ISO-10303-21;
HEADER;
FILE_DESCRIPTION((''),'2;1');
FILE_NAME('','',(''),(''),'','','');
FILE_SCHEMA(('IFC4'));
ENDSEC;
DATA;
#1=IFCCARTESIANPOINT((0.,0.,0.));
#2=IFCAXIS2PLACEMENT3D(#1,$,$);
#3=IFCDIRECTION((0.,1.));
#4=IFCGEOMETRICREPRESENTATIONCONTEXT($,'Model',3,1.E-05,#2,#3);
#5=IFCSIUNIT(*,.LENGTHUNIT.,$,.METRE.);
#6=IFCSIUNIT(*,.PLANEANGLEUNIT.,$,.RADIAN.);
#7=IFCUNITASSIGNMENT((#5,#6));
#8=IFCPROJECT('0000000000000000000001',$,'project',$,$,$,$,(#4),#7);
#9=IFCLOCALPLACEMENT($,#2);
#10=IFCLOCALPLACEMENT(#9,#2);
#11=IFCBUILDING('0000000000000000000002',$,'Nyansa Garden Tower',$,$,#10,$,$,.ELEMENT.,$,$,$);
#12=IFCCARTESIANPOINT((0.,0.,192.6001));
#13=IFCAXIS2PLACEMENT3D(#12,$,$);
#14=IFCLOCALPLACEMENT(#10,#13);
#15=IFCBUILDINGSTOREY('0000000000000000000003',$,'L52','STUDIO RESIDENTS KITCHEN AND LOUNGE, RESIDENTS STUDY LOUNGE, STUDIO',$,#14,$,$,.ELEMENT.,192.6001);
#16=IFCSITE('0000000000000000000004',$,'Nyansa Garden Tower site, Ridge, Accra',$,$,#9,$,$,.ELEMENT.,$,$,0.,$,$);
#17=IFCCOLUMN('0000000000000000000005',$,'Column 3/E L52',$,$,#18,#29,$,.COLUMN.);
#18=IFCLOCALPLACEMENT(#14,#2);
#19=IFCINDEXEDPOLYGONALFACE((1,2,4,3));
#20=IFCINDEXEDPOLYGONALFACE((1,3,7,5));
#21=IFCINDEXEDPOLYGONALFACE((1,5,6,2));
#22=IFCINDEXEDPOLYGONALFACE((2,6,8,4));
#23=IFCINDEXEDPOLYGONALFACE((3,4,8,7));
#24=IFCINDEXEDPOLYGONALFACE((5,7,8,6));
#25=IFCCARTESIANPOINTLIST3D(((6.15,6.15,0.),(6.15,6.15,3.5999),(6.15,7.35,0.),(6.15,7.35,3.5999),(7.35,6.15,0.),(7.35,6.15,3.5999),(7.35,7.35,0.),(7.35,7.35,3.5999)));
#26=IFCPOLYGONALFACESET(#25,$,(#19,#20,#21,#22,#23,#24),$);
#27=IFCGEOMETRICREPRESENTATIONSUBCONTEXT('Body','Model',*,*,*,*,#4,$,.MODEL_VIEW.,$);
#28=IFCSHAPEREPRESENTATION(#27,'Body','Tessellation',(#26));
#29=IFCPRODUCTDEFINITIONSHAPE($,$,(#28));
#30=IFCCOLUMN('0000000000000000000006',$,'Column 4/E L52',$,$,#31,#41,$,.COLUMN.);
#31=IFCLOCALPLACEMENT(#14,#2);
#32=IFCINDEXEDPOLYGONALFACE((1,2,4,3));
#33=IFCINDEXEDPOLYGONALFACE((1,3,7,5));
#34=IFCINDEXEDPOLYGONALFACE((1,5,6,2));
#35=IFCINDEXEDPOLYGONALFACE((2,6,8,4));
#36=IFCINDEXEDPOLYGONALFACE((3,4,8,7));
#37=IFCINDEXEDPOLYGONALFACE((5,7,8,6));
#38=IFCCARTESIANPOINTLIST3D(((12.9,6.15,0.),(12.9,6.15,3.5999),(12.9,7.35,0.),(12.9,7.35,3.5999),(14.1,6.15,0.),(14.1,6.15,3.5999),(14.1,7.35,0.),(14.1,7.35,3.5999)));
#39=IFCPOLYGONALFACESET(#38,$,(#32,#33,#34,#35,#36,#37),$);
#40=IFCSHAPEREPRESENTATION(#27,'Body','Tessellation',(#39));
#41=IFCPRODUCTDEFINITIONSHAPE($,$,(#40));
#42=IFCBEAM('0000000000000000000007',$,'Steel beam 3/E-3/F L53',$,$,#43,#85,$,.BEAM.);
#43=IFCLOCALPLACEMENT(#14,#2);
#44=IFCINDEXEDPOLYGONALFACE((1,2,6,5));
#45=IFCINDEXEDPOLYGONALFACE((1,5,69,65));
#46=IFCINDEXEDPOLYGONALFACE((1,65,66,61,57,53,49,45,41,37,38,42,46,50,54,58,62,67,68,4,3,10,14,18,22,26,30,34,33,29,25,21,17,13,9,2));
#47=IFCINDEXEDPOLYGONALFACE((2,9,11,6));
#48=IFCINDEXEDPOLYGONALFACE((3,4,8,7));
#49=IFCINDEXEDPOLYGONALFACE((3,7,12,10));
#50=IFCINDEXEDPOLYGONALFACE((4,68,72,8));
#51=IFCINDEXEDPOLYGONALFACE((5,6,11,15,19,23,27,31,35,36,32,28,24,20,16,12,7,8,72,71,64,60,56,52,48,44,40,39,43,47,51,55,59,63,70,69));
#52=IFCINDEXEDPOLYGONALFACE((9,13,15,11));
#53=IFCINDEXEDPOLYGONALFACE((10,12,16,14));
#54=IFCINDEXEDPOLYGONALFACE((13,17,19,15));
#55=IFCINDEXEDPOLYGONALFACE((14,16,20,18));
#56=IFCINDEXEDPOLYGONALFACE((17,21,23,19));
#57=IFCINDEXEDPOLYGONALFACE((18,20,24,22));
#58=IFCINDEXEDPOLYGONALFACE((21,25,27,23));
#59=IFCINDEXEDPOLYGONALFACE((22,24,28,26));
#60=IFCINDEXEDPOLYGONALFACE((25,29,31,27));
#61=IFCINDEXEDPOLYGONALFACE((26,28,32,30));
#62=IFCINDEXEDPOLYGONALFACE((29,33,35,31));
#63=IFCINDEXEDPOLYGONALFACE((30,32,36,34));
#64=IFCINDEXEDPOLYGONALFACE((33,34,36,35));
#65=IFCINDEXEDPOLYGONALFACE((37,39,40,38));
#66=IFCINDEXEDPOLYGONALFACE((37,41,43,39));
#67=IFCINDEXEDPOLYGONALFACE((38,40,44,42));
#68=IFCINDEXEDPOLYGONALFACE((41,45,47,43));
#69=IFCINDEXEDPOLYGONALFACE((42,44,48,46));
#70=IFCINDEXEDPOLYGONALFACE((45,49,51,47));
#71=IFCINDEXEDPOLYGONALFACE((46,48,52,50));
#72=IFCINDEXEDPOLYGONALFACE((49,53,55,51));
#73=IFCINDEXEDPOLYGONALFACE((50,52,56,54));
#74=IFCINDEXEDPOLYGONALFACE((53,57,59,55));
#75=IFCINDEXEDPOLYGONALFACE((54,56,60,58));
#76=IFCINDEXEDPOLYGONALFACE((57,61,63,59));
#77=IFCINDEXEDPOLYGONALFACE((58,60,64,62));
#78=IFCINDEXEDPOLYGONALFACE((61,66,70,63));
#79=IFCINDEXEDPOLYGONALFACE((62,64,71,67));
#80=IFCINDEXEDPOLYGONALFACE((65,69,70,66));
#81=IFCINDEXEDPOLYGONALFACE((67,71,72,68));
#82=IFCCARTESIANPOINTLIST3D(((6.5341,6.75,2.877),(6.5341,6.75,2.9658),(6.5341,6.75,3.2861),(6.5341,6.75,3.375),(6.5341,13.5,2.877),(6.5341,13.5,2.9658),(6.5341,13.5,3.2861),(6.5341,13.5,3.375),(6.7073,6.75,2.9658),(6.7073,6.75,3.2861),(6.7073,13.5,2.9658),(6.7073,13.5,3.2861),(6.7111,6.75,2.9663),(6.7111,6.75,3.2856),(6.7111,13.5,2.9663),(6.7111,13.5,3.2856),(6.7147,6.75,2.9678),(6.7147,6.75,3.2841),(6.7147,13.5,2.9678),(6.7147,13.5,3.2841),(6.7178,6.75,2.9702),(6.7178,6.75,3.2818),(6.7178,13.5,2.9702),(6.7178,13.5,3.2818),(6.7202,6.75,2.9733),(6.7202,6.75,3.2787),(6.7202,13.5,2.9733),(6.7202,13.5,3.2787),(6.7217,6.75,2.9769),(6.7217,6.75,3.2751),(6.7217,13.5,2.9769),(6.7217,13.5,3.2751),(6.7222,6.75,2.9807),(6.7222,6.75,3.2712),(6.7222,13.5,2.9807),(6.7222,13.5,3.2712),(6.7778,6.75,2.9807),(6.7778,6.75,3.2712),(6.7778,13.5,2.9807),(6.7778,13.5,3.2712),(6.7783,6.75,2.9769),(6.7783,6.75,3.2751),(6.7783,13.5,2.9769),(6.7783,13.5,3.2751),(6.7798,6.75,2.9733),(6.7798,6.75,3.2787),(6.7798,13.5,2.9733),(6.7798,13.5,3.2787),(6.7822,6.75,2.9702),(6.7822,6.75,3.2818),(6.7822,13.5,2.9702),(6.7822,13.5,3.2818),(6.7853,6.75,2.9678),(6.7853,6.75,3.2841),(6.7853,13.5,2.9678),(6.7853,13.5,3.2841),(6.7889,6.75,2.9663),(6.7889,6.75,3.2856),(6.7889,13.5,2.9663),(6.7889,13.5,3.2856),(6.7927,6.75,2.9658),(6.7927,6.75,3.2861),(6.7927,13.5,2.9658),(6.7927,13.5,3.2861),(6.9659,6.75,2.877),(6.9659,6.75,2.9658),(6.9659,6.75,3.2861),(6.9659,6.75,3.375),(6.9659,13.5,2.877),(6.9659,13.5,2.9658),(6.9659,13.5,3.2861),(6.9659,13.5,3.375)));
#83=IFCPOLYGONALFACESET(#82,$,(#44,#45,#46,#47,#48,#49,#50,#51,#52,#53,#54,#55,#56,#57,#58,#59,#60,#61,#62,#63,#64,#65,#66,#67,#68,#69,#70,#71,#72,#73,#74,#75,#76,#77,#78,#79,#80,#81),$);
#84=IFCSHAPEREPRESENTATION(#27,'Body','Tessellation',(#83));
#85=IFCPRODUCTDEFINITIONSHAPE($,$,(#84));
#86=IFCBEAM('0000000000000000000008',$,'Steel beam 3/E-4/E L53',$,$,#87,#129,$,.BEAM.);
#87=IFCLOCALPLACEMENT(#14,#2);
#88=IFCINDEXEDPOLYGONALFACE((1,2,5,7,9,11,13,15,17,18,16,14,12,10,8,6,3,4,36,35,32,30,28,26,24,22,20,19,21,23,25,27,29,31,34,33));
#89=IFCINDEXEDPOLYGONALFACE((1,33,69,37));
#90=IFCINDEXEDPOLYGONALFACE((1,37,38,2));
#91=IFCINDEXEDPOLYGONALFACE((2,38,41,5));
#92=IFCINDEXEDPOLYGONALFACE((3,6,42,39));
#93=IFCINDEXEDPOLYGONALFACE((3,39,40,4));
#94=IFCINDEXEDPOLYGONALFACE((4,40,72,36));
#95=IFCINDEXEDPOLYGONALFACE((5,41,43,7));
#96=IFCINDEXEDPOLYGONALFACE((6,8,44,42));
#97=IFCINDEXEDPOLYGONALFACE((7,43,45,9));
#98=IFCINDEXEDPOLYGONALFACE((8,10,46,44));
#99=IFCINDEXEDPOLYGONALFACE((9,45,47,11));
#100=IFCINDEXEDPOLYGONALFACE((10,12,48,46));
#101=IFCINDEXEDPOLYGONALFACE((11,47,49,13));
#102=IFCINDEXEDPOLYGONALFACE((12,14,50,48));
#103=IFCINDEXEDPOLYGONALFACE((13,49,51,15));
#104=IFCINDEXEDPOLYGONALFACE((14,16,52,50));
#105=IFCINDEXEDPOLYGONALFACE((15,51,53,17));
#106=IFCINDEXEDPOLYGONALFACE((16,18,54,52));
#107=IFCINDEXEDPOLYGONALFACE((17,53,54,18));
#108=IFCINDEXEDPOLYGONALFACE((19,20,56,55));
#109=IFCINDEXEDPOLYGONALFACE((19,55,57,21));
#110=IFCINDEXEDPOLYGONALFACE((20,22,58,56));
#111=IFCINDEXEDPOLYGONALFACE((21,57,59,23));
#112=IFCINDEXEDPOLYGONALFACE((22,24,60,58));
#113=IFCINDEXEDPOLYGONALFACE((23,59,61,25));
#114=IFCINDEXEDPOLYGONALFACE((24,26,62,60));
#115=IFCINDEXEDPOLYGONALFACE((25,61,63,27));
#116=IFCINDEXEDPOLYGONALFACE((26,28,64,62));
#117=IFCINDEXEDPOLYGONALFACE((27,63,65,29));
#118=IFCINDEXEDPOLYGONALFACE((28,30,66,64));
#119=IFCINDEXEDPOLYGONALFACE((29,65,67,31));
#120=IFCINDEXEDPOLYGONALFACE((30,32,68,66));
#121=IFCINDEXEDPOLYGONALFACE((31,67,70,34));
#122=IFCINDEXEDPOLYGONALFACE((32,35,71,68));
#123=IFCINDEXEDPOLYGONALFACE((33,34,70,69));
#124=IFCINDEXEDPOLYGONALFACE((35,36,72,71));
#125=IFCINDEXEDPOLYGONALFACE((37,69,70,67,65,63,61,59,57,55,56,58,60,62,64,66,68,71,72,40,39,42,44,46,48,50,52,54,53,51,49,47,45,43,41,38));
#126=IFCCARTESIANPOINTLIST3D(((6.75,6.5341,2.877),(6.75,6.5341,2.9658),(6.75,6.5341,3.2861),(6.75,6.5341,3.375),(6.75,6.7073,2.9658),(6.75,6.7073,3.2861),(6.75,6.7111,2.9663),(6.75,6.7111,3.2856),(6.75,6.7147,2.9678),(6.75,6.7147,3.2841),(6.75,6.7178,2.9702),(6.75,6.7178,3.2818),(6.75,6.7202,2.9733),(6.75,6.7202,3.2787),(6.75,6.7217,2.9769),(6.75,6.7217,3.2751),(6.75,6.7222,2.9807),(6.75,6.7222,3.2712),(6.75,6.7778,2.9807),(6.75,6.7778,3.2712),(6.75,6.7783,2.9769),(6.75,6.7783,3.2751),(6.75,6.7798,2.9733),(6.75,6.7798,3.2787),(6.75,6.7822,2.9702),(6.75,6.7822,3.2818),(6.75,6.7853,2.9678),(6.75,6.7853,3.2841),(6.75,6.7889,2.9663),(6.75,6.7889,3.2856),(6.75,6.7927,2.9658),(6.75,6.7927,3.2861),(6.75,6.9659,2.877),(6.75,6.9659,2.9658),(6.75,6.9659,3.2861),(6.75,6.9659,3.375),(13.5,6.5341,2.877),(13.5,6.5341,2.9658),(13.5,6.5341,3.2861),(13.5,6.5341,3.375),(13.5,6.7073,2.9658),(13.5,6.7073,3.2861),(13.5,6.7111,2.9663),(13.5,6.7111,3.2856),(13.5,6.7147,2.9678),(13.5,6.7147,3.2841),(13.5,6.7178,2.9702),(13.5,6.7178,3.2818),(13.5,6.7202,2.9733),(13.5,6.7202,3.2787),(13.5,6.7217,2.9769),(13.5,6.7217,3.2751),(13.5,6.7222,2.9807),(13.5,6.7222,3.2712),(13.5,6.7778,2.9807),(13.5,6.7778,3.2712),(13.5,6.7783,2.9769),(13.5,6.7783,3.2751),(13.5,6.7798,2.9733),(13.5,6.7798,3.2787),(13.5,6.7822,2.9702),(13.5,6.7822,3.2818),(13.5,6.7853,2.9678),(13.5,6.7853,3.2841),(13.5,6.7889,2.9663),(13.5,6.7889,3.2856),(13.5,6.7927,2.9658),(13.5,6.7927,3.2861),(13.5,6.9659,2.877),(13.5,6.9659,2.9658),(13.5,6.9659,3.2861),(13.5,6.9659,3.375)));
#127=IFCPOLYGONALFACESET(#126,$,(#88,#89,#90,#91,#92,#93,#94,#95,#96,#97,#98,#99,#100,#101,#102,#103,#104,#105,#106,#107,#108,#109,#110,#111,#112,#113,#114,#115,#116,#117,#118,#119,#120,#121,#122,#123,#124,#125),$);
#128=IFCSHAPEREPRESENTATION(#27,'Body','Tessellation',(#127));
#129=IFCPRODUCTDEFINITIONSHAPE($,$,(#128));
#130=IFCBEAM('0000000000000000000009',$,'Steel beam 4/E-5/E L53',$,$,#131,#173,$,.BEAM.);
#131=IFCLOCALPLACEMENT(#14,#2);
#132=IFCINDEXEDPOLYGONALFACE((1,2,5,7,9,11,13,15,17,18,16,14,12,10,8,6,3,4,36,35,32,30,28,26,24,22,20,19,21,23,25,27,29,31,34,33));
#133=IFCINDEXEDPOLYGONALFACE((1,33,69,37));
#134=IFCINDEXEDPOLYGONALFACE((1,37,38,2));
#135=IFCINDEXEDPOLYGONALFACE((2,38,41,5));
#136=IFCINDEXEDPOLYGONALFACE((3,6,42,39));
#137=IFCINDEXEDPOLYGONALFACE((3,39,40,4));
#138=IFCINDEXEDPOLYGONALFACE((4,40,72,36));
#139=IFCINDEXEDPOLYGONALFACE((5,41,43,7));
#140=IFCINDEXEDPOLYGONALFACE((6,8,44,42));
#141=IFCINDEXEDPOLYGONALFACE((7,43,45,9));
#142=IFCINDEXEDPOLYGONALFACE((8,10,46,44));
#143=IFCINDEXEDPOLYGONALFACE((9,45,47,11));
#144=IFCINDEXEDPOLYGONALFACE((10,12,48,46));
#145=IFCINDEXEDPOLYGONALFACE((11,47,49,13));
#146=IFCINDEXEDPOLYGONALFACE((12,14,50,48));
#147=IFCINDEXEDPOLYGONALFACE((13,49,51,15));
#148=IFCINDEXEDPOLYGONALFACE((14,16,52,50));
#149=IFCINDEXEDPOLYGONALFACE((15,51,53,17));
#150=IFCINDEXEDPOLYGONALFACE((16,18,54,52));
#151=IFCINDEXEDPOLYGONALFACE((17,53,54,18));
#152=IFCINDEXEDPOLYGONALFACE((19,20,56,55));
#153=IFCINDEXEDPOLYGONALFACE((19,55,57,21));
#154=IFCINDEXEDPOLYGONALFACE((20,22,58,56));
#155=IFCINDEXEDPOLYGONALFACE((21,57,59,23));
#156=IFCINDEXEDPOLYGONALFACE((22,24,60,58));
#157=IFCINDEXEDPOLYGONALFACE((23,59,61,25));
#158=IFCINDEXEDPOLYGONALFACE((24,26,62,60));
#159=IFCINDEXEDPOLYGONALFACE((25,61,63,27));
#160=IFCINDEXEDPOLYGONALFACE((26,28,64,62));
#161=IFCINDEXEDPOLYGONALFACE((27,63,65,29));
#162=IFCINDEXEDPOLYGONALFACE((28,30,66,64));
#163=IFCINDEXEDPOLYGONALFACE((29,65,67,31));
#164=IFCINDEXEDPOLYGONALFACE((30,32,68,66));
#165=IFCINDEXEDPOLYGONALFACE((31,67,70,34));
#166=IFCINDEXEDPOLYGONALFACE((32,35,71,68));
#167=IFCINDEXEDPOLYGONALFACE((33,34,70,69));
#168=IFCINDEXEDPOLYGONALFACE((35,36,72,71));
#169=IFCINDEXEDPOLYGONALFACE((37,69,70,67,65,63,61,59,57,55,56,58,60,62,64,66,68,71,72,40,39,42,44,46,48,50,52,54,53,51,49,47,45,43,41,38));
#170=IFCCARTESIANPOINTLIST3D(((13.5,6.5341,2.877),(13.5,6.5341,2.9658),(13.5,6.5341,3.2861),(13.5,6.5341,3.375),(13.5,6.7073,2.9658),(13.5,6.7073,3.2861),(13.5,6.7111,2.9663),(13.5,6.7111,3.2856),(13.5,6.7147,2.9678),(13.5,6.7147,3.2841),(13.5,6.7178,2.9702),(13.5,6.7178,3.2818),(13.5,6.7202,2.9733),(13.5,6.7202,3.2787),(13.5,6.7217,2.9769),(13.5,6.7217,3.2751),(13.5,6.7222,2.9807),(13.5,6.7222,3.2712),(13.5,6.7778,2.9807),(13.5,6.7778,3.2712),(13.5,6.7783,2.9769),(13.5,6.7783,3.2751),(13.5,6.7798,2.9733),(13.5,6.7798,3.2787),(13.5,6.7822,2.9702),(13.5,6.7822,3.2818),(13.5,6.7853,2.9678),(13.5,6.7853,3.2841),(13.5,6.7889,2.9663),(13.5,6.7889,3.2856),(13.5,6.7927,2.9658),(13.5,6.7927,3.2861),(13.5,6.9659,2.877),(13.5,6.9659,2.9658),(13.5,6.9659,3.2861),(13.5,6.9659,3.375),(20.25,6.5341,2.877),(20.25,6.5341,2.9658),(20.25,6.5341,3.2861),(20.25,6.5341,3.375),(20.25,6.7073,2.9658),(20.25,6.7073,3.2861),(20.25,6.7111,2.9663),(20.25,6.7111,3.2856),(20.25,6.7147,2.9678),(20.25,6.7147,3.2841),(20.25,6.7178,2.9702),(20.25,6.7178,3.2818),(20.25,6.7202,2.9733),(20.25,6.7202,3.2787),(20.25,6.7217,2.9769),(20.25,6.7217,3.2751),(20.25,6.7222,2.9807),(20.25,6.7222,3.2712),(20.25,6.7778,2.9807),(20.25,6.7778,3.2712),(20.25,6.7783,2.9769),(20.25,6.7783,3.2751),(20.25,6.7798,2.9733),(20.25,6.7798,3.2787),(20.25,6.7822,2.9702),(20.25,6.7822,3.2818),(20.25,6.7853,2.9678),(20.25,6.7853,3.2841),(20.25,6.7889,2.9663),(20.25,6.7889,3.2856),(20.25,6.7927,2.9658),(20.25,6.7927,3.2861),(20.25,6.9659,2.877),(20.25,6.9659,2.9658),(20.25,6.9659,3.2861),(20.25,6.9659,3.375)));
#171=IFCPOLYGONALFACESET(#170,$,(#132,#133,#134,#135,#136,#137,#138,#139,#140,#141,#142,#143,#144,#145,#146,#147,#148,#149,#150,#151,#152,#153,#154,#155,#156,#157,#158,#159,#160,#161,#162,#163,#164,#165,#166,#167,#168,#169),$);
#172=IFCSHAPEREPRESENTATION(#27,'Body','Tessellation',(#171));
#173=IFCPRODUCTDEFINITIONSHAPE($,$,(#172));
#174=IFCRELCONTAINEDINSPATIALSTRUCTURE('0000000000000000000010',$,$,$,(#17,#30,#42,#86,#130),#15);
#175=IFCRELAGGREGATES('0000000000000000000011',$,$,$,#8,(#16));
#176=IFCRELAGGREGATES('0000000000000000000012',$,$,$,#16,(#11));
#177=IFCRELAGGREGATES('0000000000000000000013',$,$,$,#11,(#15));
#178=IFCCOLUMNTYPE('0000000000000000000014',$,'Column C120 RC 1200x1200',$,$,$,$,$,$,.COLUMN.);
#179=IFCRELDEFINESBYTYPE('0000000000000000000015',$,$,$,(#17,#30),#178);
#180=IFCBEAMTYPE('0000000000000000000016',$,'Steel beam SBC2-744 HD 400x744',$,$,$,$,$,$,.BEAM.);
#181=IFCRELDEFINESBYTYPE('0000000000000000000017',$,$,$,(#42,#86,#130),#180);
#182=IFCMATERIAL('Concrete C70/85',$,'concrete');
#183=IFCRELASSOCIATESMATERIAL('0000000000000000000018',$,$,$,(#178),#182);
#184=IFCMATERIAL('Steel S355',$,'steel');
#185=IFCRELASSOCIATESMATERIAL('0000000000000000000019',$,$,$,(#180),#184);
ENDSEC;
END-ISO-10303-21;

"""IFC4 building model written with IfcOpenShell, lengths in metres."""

from ifc_helpers import new_model, si_unit, direction, frame, origin, origin_2d, place, context, subcontext, project, spatial, rectangle, i_section, extrude, material, material_profile, profile_set, type_object, element, save


model = new_model("IFC4")

# Units and contexts
model_context = context("Model", 3, precision=1e-05, world=origin(), true_north=direction((0.0, 1.0)))
body_context = subcontext(model_context, "Body", "Model", "MODEL_VIEW")
ifc_project = project(units=[si_unit("LENGTHUNIT", "METRE"), si_unit("PLANEANGLEUNIT", "RADIAN")], contexts=[model_context])

# Site, building, storey
site_placement = place(None, origin())
site = spatial("IfcSite", under=ifc_project, at=site_placement, Name="Nyansa Garden Tower site, Ridge, Accra", CompositionType="ELEMENT", RefElevation=0.0)
building_placement = place(site_placement, origin())
building = spatial("IfcBuilding", under=site, at=building_placement, Name="Nyansa Garden Tower", CompositionType="ELEMENT")
storey_placement = place(building_placement, frame((0.0, 0.0, 192.6001)))
storey = spatial("IfcBuildingStorey", under=building, at=storey_placement, Name="L52", Description="STUDIO RESIDENTS KITCHEN AND LOUNGE, RESIDENTS STUDY LOUNGE, STUDIO", CompositionType="ELEMENT", Elevation=192.6001)

# Columns
ifc_material_1 = material(Name="Concrete C70/85", Category="concrete")
ifc_material_profile_1 = material_profile(ifc_material_1, rectangle(XDim=1.2, YDim=1.2, at=origin_2d()), Name="RC 1200x1200")
ifc_profile_set_1 = profile_set([ifc_material_profile_1], Name="Concrete C70/85")
column_type = type_object("IfcColumnType", Name="Column C120 RC 1200x1200", PredefinedType="COLUMN", material=ifc_profile_set_1)
for number, where, z_axis, x_axis, name in (
    (1, (6.75, 6.75, 0.0), (0.0, 0.0, 1.0), (1.0, 0.0, 0.0), "Column 3/E L52"),
    (2, (13.5, 6.75, 0.0), (0.0, 0.0, 1.0), (1.0, 0.0, 0.0), "Column 4/E L52"),
):
    element("IfcColumn", number, at=place(storey_placement, frame(where, z_axis=z_axis, x_axis=x_axis)), inside=storey, type_object=column_type, Name=name, PredefinedType="COLUMN", context=body_context, shape_type="SweptSolid", body=[
        extrude(rectangle(XDim=1.2, YDim=1.2, at=origin_2d()), origin(), (0.0, 0.0, 1.0), 3.5999),
    ])

# Beams
ifc_material_2 = material(Name="Steel S355", Category="steel")
ifc_material_profile_2 = material_profile(ifc_material_2, i_section(OverallWidth=0.4319, OverallDepth=0.498, WebThickness=0.0557, FlangeThickness=0.0889, FilletRadius=0.0149, at=origin_2d()), Name="HD 400x744")
ifc_profile_set_2 = profile_set([ifc_material_profile_2], Name="Steel S355")
beam_type_1 = type_object("IfcBeamType", Name="Steel beam SBC2-744 HD 400x744", PredefinedType="BEAM", material=ifc_profile_set_2)
for number, where, z_axis, x_axis, name in (
    (3, (6.75, 6.75, 3.126), (0.0, 1.0, 0.0), (-1.0, 0.0, 0.0), "Steel beam 3/E-3/F L53"),
    (4, (6.75, 6.75, 3.126), (1.0, 0.0, 0.0), (0.0, 1.0, 0.0), "Steel beam 3/E-4/E L53"),
    (5, (13.5, 6.75, 3.126), (1.0, 0.0, 0.0), (0.0, 1.0, 0.0), "Steel beam 4/E-5/E L53"),
):
    element("IfcBeam", number, at=place(storey_placement, frame(where, z_axis=z_axis, x_axis=x_axis)), inside=storey, type_object=beam_type_1, Name=name, PredefinedType="BEAM", context=body_context, shape_type="SweptSolid", body=[
        extrude(i_section(OverallWidth=0.4319, OverallDepth=0.498, WebThickness=0.0557, FlangeThickness=0.0889, FilletRadius=0.0149, at=origin_2d()), origin(), (0.0, 0.0, 1.0), 6.75),
    ])

save(model, "model.ifc")
